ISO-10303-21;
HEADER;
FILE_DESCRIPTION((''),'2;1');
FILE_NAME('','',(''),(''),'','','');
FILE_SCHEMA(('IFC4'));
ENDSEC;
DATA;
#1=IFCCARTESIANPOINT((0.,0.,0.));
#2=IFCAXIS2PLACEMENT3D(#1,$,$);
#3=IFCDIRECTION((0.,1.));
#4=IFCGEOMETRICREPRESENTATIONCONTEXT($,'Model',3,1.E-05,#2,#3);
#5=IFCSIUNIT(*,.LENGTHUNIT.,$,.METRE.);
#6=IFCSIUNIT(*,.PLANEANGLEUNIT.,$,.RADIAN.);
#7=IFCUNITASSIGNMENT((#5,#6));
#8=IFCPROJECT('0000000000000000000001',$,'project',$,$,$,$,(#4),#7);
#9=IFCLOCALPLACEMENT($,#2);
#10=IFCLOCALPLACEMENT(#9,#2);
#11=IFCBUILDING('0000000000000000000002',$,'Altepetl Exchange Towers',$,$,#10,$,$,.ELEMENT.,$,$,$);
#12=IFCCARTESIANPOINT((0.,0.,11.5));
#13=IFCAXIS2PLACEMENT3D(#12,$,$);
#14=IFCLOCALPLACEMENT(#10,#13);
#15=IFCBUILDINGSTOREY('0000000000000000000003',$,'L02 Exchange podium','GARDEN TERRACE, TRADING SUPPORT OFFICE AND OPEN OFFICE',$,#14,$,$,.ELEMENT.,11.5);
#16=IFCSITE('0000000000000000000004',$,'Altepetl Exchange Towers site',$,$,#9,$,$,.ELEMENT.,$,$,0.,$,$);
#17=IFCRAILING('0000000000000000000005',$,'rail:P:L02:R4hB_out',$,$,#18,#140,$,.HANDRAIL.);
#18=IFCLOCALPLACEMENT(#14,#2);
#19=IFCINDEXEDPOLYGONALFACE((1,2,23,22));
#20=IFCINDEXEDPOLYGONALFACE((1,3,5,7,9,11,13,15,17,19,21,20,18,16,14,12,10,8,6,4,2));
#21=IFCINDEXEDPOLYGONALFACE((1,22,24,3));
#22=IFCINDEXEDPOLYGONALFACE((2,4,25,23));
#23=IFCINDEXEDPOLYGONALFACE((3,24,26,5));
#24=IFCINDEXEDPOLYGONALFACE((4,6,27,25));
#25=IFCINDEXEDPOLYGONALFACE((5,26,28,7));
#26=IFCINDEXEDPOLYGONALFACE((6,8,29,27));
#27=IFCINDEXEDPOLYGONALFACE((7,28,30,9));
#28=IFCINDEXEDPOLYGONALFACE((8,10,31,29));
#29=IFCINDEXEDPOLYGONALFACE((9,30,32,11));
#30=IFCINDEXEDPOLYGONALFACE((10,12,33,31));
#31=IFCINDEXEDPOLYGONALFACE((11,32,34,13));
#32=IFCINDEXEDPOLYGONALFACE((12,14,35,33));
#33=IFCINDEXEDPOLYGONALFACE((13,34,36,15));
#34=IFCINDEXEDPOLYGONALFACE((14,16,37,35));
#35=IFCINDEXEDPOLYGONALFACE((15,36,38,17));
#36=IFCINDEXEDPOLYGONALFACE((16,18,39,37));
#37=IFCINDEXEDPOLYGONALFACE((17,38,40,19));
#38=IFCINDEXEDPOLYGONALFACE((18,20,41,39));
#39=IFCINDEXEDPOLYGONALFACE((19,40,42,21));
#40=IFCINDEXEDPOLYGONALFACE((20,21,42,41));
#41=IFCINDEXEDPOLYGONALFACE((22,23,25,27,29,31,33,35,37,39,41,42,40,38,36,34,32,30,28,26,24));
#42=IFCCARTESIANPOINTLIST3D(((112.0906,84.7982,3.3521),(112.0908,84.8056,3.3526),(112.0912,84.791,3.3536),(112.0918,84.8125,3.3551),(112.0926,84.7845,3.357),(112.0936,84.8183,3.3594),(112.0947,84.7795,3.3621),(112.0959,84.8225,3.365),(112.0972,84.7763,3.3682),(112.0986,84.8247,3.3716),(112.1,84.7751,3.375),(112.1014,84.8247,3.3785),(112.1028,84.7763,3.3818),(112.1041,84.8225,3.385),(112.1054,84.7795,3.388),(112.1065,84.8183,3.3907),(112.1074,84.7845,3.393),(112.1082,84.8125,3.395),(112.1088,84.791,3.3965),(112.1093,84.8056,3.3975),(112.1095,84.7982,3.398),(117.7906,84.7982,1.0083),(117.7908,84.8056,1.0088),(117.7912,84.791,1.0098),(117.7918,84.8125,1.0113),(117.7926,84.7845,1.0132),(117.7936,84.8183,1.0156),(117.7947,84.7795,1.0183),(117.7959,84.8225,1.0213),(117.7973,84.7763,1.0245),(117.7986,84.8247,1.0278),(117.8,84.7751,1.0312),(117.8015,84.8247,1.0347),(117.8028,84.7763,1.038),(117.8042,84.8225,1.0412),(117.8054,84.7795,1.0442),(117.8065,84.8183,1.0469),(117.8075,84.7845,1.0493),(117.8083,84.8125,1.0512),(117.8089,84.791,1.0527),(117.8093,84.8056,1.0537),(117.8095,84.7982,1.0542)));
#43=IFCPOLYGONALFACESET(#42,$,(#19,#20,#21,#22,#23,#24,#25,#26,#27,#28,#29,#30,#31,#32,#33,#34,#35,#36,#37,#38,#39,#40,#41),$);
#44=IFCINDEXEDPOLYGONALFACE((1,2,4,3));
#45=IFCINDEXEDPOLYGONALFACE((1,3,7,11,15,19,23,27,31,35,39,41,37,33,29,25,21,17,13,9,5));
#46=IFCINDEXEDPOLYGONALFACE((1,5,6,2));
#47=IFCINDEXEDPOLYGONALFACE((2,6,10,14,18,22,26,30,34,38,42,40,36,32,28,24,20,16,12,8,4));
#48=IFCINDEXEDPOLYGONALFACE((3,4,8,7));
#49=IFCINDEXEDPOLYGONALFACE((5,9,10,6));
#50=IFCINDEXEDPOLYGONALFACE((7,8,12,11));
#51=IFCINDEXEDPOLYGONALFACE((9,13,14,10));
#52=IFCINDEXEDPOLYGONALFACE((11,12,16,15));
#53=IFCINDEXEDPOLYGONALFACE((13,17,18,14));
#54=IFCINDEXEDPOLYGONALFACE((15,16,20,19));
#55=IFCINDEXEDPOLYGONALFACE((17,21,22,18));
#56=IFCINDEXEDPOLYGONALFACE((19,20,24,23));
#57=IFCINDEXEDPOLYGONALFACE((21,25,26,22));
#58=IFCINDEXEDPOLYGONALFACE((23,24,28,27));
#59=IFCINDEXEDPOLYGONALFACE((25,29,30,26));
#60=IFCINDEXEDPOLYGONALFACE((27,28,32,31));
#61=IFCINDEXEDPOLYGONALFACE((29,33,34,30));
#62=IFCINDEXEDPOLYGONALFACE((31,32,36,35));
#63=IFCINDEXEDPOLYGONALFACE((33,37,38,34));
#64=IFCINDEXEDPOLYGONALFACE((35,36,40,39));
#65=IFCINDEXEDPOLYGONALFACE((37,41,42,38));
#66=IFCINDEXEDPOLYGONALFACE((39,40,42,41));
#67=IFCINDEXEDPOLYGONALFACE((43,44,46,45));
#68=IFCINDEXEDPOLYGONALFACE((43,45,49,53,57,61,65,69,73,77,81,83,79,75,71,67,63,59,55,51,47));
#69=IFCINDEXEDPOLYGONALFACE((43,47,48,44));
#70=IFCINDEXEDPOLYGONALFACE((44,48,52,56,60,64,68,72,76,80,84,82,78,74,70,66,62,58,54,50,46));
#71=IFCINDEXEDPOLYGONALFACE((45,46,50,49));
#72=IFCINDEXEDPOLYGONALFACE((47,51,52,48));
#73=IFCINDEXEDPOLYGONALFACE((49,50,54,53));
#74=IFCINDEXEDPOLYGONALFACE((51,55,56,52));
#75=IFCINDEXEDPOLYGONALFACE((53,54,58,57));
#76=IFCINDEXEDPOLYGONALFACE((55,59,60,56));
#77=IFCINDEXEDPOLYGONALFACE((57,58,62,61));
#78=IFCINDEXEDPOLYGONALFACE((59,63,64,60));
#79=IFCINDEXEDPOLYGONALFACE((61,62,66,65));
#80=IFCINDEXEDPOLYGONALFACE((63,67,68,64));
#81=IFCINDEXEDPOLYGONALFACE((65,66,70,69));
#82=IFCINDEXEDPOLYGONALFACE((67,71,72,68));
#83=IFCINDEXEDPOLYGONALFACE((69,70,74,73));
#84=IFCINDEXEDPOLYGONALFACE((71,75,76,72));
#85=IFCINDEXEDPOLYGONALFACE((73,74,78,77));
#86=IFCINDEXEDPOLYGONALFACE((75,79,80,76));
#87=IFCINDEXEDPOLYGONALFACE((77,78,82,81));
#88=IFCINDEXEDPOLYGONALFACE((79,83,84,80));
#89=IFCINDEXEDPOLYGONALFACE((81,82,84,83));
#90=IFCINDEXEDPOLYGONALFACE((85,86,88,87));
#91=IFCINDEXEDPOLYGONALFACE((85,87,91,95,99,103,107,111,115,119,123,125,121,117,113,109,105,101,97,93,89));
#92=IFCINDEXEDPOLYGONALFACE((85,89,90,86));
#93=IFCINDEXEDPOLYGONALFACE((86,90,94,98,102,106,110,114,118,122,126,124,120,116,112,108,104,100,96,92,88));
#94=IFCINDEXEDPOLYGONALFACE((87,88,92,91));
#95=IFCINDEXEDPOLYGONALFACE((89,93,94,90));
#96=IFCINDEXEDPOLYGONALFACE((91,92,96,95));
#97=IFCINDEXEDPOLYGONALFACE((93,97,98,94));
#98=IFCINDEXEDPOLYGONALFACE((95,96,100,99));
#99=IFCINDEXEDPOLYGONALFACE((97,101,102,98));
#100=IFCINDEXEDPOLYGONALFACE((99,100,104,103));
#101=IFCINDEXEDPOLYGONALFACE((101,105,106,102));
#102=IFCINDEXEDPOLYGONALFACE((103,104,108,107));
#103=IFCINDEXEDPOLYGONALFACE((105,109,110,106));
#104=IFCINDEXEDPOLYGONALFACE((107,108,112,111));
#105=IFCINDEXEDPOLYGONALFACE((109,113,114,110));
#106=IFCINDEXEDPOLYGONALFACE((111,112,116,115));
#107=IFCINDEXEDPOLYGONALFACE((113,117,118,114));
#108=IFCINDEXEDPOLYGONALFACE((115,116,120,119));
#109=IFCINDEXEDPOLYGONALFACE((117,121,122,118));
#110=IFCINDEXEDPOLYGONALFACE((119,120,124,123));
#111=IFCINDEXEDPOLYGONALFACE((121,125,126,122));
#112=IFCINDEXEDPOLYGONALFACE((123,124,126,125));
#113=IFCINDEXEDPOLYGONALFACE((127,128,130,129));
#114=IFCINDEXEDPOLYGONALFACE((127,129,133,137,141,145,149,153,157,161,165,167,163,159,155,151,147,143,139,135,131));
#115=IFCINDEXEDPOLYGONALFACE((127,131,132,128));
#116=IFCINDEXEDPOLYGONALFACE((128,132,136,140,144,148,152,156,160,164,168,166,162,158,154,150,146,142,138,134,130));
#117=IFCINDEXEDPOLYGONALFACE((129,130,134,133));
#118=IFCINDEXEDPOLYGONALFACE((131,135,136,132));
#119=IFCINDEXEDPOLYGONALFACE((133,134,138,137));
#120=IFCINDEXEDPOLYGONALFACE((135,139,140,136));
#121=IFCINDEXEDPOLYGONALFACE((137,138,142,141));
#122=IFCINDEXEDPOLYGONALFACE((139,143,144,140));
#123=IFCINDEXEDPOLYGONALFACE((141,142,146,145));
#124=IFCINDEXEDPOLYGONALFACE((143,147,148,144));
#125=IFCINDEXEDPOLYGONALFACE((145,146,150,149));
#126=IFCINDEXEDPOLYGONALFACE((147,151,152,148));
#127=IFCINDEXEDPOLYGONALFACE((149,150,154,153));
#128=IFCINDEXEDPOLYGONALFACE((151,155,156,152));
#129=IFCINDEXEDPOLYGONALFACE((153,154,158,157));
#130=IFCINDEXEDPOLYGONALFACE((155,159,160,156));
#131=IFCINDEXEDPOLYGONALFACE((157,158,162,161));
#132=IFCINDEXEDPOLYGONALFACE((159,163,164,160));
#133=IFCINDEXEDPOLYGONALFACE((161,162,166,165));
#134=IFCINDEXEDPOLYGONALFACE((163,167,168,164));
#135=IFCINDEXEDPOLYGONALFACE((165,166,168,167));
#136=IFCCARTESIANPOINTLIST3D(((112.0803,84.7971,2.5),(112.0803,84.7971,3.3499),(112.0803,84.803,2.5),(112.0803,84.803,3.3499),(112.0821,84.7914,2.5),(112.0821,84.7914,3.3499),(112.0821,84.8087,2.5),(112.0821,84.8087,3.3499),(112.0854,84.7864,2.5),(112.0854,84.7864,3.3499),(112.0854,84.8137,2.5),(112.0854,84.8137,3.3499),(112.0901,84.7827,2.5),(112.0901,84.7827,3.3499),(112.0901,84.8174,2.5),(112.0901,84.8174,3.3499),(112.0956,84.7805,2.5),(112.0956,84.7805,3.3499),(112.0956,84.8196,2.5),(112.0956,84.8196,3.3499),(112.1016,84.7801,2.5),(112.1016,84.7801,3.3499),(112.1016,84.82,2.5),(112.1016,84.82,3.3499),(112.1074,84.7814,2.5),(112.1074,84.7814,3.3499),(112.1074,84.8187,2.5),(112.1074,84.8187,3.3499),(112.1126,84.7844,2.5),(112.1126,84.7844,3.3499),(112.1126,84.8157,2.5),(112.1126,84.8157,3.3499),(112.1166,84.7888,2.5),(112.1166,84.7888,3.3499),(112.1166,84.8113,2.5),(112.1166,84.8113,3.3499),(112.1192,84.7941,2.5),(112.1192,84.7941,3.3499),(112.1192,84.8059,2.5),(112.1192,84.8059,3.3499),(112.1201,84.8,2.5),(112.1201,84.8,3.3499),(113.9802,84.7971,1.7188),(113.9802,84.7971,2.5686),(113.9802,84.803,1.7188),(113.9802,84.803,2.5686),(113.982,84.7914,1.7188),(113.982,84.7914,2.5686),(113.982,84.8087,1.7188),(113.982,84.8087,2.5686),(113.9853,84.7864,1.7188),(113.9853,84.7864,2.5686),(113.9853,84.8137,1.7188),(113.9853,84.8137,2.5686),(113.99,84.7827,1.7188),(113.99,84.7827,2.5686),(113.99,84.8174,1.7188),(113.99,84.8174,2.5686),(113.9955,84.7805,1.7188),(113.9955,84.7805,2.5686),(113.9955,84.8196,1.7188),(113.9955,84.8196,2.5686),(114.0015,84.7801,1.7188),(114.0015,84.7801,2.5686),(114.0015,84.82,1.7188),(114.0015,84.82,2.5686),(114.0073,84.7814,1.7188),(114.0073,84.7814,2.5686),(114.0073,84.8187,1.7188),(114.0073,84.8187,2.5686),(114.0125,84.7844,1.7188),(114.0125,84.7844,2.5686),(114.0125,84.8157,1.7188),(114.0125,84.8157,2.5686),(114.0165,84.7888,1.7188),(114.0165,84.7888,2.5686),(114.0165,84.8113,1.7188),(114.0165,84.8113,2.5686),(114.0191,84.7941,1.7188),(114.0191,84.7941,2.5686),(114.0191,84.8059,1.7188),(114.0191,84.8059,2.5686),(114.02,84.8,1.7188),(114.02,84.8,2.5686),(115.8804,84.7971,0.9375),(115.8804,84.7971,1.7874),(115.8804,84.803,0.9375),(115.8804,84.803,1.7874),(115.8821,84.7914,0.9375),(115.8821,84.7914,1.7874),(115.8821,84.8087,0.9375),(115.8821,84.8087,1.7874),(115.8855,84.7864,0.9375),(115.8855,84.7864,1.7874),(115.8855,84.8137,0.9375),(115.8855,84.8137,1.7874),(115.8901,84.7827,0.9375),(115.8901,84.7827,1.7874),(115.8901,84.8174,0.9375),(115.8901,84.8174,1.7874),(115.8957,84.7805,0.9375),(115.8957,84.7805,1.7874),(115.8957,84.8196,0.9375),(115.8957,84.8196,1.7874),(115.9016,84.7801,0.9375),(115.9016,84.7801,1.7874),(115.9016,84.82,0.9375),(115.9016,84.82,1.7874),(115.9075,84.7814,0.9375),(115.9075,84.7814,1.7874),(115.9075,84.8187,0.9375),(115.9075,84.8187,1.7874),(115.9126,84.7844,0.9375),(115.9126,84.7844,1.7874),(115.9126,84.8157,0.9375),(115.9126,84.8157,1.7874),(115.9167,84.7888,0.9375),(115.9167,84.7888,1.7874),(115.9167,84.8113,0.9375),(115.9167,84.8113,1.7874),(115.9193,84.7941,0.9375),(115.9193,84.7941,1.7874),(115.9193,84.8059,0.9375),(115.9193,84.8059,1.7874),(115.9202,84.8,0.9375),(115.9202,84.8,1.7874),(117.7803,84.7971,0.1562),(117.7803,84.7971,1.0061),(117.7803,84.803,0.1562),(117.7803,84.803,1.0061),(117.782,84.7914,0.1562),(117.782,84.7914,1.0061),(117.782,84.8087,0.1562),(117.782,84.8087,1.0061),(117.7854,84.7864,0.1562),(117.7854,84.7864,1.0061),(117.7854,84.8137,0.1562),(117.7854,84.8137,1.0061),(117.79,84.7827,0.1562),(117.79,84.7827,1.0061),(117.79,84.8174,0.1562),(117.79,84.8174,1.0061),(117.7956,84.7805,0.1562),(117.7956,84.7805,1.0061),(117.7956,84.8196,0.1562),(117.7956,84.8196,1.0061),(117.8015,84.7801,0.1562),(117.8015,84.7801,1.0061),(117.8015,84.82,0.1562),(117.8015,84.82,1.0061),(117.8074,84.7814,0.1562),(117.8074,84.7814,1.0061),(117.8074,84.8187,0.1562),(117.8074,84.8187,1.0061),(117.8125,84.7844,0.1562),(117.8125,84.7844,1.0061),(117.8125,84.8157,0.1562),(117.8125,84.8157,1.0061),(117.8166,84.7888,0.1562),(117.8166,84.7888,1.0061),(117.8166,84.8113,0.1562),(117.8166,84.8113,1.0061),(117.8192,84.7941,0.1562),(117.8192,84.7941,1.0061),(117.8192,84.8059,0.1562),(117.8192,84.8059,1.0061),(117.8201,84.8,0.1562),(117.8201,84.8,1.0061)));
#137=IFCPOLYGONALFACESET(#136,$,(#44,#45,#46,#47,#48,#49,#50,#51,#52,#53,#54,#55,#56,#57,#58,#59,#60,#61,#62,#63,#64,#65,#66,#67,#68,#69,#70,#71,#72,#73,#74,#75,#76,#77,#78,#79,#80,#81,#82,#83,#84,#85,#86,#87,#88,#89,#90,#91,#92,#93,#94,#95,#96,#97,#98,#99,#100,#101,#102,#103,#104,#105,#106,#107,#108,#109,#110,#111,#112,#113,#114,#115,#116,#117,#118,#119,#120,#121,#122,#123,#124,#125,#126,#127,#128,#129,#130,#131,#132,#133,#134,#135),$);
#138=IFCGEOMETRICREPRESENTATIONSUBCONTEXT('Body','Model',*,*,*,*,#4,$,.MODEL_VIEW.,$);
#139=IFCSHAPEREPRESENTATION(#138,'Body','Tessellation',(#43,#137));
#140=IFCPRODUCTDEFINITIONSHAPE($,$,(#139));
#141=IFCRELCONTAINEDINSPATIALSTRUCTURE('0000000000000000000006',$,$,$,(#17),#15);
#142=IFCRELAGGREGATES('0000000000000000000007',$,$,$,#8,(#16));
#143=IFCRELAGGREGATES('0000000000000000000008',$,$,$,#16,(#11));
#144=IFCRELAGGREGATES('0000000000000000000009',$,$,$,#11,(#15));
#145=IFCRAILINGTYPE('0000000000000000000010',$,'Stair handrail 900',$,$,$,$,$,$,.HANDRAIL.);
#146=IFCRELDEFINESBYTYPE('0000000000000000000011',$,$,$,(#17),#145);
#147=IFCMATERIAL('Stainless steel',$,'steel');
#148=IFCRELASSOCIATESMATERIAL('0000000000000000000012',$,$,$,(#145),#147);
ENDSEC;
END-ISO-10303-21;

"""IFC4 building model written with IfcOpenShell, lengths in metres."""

from ifc_helpers import new_model, si_unit, direction, frame, origin, origin_2d, place, context, subcontext, project, spatial, circle, extrude, source, transform, mapped, material, type_object, element, save


model = new_model("IFC4")

# Units and contexts
model_context = context("Model", 3, precision=1e-05, world=origin(), true_north=direction((0.0, 1.0)))
body_context = subcontext(model_context, "Body", "Model", "MODEL_VIEW")
ifc_project = project(units=[si_unit("LENGTHUNIT", "METRE"), si_unit("PLANEANGLEUNIT", "RADIAN")], contexts=[model_context])

# Site, building, storey
site_placement = place(None, origin())
site = spatial("IfcSite", under=ifc_project, at=site_placement, Name="Altepetl Exchange Towers site", CompositionType="ELEMENT", RefElevation=0.0)
building_placement = place(site_placement, origin())
building = spatial("IfcBuilding", under=site, at=building_placement, Name="Altepetl Exchange Towers", CompositionType="ELEMENT")
storey_placement = place(building_placement, frame((0.0, 0.0, 11.5)))
storey = spatial("IfcBuildingStorey", under=building, at=storey_placement, Name="L02 Exchange podium", Description="GARDEN TERRACE, TRADING SUPPORT OFFICE AND OPEN OFFICE", CompositionType="ELEMENT", Elevation=11.5)

# Railing
ifc_material_1 = material(Name="Stainless steel", Category="steel")
railing_type_1 = type_object("IfcRailingType", Name="Stair handrail 900", PredefinedType="HANDRAIL", material=ifc_material_1)
shared_shape_1 = source(origin(), body_context, "Body", "SweptSolid", [
    extrude(circle(Radius=0.02, at=origin_2d()), origin(), (0.0, 0.0, 1.0), 0.8499),
])
for number, where, name in (
    (1, (117.8, 84.8, 0.1562), "rail:P:L02:R4hB_out"),
):
    element("IfcRailing", number, at=place(storey_placement, frame(where)), inside=storey, type_object=railing_type_1, Name=name, PredefinedType="HANDRAIL", context=body_context, shape_type="SweptSolid", body=[
        extrude(circle(Radius=0.0249, at=origin_2d()), frame((0.0, 0.0, 0.875), z_axis=(-0.924866, 0.0, 0.380293), x_axis=(0.0, -1.0, 0.0)), (0.0, 0.0, 1.0), 6.1631),
        mapped(shared_shape_1, transform((0.0, 0.0, 0.0))),
        mapped(shared_shape_1, transform((-1.8999, 0.0, 0.7812))),
        mapped(shared_shape_1, transform((-3.8, 0.0, 1.5625))),
        mapped(shared_shape_1, transform((-5.7, 0.0, 2.3438))),
    ])

save(model, "model.ifc")
